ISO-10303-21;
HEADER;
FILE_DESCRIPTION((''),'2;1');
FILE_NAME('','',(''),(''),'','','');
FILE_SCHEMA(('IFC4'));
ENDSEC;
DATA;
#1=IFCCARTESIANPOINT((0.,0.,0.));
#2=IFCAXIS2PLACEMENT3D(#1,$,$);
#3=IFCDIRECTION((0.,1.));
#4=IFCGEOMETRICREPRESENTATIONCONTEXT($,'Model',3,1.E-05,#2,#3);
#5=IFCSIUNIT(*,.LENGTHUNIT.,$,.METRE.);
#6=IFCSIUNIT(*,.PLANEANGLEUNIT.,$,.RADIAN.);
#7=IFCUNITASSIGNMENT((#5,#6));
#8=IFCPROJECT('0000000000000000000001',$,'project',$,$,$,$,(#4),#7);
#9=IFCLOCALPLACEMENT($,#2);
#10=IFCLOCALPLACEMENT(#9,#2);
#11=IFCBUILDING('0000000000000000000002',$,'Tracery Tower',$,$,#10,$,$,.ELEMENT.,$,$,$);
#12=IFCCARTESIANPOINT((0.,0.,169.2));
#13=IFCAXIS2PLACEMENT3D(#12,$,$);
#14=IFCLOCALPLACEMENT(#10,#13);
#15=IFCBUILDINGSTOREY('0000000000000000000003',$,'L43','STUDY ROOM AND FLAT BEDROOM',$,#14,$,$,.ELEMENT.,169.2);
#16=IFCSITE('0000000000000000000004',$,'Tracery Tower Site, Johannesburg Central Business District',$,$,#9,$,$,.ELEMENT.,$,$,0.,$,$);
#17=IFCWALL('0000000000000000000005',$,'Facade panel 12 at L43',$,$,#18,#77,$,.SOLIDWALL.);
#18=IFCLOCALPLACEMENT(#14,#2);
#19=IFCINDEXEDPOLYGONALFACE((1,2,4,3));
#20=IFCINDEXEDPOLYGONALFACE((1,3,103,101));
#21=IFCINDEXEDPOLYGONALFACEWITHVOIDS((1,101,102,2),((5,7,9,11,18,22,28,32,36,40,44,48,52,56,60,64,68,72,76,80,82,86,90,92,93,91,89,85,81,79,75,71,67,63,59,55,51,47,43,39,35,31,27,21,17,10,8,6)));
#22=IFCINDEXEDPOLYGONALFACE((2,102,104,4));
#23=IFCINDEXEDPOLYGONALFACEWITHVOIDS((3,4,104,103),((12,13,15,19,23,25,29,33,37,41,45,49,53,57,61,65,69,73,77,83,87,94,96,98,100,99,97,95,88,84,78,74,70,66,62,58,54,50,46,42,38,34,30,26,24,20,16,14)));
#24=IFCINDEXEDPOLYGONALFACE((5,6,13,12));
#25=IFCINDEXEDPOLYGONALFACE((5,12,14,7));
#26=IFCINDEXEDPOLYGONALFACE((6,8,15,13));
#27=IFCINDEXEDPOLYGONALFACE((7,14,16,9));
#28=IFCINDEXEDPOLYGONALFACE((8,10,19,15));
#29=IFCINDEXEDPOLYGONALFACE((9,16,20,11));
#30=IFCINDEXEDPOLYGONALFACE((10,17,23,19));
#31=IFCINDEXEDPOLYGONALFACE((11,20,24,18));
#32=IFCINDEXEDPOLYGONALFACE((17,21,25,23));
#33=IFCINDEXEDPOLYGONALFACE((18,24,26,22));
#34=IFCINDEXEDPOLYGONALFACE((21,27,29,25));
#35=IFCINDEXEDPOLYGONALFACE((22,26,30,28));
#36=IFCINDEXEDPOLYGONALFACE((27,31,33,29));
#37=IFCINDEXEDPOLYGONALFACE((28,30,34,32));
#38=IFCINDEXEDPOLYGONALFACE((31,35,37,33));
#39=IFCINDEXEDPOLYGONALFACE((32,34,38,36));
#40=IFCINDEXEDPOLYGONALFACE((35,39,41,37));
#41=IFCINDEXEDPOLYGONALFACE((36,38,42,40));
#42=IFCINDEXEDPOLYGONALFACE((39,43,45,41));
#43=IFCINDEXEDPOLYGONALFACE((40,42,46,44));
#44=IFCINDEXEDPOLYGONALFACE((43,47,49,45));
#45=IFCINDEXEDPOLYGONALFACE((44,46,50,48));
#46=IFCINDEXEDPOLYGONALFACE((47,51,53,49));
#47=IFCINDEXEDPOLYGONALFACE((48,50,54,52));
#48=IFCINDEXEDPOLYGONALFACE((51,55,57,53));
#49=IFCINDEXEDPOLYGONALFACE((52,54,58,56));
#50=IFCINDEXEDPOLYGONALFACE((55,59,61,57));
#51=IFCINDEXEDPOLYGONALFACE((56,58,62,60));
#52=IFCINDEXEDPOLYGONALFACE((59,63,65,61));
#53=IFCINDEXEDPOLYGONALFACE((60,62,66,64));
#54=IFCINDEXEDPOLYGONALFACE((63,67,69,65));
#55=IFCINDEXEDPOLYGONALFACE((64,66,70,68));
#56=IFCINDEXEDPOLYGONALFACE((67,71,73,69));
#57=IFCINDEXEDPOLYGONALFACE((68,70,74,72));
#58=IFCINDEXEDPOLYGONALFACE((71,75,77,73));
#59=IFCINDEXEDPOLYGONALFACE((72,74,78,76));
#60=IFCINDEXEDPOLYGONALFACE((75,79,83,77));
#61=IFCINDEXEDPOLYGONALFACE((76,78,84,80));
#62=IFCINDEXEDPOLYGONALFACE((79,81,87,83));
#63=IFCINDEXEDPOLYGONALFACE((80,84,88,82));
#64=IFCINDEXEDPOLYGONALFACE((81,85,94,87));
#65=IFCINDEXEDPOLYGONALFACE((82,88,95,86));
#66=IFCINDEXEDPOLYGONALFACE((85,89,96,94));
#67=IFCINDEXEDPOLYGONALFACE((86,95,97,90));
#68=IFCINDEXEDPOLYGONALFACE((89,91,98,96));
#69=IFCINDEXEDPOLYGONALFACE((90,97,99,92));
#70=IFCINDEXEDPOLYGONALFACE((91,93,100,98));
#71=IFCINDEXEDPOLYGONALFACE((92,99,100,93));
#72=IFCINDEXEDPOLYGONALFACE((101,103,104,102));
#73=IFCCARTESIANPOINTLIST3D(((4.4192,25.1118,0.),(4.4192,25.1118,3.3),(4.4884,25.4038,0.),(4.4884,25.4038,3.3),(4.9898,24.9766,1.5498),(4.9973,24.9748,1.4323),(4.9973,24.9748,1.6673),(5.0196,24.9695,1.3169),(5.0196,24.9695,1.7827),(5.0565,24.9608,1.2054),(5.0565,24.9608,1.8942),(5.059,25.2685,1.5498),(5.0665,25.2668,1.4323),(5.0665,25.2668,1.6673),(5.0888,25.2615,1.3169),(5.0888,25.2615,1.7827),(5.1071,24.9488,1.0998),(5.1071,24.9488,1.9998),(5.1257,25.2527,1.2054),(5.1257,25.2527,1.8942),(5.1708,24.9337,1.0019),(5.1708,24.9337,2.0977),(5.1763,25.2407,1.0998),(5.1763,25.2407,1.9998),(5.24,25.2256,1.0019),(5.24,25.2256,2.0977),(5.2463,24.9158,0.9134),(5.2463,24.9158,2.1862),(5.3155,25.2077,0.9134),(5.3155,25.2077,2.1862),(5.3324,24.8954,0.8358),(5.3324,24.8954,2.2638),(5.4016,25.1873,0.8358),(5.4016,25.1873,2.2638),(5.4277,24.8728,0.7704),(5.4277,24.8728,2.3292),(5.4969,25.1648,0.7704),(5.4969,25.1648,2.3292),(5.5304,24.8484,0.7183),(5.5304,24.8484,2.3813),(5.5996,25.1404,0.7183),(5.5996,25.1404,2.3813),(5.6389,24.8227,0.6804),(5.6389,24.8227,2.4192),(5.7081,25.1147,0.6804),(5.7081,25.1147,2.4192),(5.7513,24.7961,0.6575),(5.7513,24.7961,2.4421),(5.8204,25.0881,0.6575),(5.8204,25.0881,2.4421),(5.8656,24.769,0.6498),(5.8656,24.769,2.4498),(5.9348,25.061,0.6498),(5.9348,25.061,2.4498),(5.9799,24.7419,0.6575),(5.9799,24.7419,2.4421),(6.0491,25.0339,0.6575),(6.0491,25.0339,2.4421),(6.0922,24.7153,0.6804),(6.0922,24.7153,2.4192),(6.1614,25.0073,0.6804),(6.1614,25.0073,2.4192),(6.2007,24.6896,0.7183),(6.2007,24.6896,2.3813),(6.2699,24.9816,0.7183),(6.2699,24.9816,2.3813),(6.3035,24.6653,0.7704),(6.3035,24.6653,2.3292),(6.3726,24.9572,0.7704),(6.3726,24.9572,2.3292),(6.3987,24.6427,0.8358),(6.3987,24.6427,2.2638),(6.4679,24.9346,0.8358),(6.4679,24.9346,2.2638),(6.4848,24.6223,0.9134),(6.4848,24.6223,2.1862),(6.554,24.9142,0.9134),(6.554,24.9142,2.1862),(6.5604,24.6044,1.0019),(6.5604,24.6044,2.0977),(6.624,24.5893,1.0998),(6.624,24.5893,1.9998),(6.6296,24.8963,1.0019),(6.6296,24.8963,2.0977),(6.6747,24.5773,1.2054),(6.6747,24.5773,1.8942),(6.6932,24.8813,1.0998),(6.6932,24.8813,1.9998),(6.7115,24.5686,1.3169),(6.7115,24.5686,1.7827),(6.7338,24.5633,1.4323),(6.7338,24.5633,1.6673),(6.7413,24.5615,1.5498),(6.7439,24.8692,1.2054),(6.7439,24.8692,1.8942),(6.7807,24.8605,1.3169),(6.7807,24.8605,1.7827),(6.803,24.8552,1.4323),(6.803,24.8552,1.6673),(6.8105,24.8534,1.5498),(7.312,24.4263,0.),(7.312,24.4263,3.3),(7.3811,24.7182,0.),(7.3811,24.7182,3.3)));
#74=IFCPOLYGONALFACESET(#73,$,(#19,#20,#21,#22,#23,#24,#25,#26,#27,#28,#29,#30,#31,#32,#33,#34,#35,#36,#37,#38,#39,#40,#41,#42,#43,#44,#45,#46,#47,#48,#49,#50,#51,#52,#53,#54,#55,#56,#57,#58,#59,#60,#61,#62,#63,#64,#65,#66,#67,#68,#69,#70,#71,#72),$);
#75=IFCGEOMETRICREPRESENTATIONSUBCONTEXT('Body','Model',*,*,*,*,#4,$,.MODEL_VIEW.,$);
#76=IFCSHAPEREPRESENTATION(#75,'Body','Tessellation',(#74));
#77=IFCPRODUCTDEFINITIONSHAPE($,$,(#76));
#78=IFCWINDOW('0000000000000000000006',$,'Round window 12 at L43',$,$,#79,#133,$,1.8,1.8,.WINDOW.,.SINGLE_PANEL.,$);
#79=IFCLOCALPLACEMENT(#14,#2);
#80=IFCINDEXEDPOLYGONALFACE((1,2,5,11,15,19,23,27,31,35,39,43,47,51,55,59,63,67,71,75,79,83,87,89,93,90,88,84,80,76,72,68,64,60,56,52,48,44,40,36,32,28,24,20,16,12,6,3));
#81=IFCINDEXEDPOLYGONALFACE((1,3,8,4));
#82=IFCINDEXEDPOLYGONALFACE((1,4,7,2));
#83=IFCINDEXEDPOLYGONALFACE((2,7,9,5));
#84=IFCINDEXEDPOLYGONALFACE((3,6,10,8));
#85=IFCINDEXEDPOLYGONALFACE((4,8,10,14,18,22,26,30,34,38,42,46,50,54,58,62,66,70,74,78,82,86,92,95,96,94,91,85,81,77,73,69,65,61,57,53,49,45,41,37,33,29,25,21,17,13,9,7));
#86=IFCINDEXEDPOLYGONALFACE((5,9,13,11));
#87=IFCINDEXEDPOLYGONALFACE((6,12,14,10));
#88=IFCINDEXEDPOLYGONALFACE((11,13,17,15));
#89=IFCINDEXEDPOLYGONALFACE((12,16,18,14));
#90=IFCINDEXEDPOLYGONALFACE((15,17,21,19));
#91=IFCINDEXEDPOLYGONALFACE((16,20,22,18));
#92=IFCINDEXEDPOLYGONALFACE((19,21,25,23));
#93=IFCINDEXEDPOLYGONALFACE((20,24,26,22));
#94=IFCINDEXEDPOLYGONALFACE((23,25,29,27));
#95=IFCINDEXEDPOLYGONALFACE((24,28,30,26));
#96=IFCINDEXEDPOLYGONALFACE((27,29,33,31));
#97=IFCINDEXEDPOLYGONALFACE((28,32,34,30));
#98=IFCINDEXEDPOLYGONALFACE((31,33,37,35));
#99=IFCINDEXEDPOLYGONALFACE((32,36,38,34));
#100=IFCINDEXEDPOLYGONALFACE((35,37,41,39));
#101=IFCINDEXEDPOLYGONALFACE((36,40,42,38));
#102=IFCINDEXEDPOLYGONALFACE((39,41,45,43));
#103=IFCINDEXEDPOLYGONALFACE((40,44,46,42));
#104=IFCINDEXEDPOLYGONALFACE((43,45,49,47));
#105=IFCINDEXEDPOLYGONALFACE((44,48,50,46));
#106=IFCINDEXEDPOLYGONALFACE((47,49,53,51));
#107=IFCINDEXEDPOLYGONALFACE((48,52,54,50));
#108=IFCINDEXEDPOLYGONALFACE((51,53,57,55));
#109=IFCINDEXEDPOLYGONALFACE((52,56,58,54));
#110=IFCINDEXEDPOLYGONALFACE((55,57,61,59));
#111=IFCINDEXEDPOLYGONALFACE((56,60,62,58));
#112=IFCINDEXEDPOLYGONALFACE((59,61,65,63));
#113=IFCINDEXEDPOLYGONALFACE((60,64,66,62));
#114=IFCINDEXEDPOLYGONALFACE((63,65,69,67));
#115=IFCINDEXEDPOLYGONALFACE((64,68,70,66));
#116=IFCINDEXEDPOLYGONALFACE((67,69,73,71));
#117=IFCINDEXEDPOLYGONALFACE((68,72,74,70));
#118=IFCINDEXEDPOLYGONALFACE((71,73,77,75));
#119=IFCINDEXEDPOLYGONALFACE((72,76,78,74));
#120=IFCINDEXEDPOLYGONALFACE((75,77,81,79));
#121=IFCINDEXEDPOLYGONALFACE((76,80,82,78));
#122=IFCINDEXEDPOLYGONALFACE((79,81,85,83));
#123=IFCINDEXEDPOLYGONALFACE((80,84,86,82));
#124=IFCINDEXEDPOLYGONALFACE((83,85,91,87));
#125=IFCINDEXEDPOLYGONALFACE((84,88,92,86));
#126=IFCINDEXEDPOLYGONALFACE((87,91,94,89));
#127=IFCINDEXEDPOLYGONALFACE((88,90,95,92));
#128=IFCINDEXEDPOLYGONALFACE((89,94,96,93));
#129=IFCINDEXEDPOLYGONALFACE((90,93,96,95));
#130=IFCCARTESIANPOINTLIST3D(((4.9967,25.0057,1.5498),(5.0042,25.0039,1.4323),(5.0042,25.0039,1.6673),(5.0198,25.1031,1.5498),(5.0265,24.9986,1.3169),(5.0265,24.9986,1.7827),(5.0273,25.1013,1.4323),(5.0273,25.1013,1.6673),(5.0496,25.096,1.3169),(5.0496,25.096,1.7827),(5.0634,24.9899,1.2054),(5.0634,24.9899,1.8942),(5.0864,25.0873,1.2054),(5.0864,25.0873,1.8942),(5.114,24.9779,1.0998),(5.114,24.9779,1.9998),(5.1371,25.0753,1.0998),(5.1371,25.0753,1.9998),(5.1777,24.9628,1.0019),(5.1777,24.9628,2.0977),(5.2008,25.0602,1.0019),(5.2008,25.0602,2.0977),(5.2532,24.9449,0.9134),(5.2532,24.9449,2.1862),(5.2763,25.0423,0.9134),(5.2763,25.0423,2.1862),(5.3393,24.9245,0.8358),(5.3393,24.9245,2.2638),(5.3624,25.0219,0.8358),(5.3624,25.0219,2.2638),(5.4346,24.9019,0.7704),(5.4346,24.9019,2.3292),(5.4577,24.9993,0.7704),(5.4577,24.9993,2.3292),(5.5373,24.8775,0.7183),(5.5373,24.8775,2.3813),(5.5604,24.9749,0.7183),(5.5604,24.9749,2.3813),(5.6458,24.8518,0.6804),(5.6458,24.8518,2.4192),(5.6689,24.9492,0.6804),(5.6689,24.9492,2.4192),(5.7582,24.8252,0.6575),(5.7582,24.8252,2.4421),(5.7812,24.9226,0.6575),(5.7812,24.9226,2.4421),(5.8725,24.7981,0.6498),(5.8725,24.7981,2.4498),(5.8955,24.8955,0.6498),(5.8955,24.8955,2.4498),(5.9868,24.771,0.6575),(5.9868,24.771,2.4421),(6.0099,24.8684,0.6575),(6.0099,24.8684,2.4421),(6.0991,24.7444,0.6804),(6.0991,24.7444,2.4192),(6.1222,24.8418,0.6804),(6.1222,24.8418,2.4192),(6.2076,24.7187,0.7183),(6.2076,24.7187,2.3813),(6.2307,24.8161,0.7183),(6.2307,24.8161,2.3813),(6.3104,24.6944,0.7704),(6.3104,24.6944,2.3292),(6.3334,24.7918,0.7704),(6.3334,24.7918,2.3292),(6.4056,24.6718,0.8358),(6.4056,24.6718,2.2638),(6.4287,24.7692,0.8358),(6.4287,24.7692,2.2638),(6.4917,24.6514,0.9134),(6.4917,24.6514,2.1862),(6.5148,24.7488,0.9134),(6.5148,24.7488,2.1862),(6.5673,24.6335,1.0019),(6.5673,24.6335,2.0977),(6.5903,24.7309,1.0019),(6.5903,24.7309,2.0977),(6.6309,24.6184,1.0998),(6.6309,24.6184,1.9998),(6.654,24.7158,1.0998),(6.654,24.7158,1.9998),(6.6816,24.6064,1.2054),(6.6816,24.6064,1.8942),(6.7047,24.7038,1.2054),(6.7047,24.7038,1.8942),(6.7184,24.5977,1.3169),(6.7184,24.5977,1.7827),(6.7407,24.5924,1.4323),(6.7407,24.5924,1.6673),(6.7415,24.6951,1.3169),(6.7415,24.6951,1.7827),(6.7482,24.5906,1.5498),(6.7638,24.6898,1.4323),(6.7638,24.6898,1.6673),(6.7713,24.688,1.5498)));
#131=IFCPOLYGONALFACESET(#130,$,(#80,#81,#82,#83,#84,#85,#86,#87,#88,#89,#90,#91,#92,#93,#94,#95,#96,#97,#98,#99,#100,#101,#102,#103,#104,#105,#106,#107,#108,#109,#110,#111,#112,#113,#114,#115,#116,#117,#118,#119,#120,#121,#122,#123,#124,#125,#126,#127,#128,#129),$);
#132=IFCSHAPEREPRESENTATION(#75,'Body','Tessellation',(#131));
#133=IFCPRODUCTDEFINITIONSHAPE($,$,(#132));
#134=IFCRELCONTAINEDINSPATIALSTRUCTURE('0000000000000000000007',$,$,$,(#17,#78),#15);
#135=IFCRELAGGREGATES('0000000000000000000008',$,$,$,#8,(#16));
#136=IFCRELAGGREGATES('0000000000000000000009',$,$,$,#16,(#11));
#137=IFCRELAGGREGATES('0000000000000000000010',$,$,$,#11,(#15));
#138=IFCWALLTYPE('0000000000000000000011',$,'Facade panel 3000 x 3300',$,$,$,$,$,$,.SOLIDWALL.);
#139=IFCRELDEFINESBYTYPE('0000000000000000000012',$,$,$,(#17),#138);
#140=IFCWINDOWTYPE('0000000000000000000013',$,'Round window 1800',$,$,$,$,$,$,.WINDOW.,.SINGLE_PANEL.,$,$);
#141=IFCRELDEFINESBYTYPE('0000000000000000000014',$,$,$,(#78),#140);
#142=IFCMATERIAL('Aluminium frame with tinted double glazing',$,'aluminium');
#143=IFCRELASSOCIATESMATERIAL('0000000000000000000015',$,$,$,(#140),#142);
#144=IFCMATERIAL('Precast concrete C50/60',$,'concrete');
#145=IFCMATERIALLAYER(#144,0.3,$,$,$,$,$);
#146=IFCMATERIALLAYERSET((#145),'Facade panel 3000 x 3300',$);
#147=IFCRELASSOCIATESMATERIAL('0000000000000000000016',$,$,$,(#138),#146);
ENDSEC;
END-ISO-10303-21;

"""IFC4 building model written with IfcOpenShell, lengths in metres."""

from ifc_helpers import new_model, si_unit, direction, frame, frame_2d, origin, origin_2d, place, context, subcontext, project, spatial, rectangle, circle, extrude, material, layer, layer_set, type_object, element, fill, save


model = new_model("IFC4")

# Units and contexts
model_context = context("Model", 3, precision=1e-05, world=origin(), true_north=direction((0.0, 1.0)))
body_context = subcontext(model_context, "Body", "Model", "MODEL_VIEW")
ifc_project = project(units=[si_unit("LENGTHUNIT", "METRE"), si_unit("PLANEANGLEUNIT", "RADIAN")], contexts=[model_context])

# Site, building, storey
site_placement = place(None, origin())
site = spatial("IfcSite", under=ifc_project, at=site_placement, Name="Tracery Tower Site, Johannesburg Central Business District", CompositionType="ELEMENT", RefElevation=0.0)
building_placement = place(site_placement, origin())
building = spatial("IfcBuilding", under=site, at=building_placement, Name="Tracery Tower", CompositionType="ELEMENT")
storey_placement = place(building_placement, frame((0.0, 0.0, 169.2)))
storey = spatial("IfcBuildingStorey", under=building, at=storey_placement, Name="L43", Description="STUDY ROOM AND FLAT BEDROOM", CompositionType="ELEMENT", Elevation=169.2)

# Wall, opening, window
ifc_material_1 = material(Name="Aluminium frame with tinted double glazing", Category="aluminium")
window_type = type_object("IfcWindowType", Name="Round window 1800", PartitioningType="SINGLE_PANEL", PredefinedType="WINDOW", material=ifc_material_1)
ifc_material_2 = material(Name="Precast concrete C50/60", Category="concrete")
ifc_layer_1 = layer(ifc_material_2, 0.3)
ifc_layer_set_1 = layer_set([ifc_layer_1], Name="Facade panel 3000 x 3300")
wall_type_1 = type_object("IfcWallType", Name="Facade panel 3000 x 3300", PredefinedType="SOLIDWALL", material=ifc_layer_set_1)
wall_1_placement = place(storey_placement, frame((7.3464, 24.5723, 0.0), z_axis=(0.0, 0.0, 1.0), x_axis=(-0.97305, 0.230595, 0.0)))
wall_1 = element("IfcWall", 1, at=wall_1_placement, inside=storey, type_object=wall_type_1, Name="Facade panel 12 at L43", PredefinedType="SOLIDWALL", context=body_context, shape_type="SweptSolid", body=[
    extrude(rectangle(XDim=2.9729, YDim=0.3, at=frame_2d((1.4863, 0.0))), origin(), (0.0, 0.0, 1.0), 3.3),
])
opening_1_placement = place(wall_1_placement, frame((1.4863, 0.0, 1.5498)))
opening_1 = element("IfcOpeningElement", 2, at=opening_1_placement, cuts=wall_1, PredefinedType="OPENING", context=body_context, shape_type="SweptSolid", body=[
    extrude(circle(Radius=0.9, at=origin_2d()), frame((0.0, 0.1599, 0.0), z_axis=(0.0, -1.0, 0.0), x_axis=(1.0, 0.0, 0.0)), (0.0, 0.0, 1.0), 0.3201),
])
window_1_placement = place(opening_1_placement, origin())
window_1 = element("IfcWindow", 3, at=window_1_placement, inside=storey, type_object=window_type, Name="Round window 12 at L43", OverallHeight=1.8, OverallWidth=1.8, PartitioningType="SINGLE_PANEL", PredefinedType="WINDOW", context=body_context, shape_type="SweptSolid", body=[
    extrude(circle(Radius=0.9, at=origin_2d()), frame((0.0, 0.1201, 0.0), z_axis=(0.0, -1.0, 0.0), x_axis=(1.0, 0.0, 0.0)), (0.0, 0.0, 1.0), 0.1001),
])
fill(opening_1, window_1)

save(model, "model.ifc")
